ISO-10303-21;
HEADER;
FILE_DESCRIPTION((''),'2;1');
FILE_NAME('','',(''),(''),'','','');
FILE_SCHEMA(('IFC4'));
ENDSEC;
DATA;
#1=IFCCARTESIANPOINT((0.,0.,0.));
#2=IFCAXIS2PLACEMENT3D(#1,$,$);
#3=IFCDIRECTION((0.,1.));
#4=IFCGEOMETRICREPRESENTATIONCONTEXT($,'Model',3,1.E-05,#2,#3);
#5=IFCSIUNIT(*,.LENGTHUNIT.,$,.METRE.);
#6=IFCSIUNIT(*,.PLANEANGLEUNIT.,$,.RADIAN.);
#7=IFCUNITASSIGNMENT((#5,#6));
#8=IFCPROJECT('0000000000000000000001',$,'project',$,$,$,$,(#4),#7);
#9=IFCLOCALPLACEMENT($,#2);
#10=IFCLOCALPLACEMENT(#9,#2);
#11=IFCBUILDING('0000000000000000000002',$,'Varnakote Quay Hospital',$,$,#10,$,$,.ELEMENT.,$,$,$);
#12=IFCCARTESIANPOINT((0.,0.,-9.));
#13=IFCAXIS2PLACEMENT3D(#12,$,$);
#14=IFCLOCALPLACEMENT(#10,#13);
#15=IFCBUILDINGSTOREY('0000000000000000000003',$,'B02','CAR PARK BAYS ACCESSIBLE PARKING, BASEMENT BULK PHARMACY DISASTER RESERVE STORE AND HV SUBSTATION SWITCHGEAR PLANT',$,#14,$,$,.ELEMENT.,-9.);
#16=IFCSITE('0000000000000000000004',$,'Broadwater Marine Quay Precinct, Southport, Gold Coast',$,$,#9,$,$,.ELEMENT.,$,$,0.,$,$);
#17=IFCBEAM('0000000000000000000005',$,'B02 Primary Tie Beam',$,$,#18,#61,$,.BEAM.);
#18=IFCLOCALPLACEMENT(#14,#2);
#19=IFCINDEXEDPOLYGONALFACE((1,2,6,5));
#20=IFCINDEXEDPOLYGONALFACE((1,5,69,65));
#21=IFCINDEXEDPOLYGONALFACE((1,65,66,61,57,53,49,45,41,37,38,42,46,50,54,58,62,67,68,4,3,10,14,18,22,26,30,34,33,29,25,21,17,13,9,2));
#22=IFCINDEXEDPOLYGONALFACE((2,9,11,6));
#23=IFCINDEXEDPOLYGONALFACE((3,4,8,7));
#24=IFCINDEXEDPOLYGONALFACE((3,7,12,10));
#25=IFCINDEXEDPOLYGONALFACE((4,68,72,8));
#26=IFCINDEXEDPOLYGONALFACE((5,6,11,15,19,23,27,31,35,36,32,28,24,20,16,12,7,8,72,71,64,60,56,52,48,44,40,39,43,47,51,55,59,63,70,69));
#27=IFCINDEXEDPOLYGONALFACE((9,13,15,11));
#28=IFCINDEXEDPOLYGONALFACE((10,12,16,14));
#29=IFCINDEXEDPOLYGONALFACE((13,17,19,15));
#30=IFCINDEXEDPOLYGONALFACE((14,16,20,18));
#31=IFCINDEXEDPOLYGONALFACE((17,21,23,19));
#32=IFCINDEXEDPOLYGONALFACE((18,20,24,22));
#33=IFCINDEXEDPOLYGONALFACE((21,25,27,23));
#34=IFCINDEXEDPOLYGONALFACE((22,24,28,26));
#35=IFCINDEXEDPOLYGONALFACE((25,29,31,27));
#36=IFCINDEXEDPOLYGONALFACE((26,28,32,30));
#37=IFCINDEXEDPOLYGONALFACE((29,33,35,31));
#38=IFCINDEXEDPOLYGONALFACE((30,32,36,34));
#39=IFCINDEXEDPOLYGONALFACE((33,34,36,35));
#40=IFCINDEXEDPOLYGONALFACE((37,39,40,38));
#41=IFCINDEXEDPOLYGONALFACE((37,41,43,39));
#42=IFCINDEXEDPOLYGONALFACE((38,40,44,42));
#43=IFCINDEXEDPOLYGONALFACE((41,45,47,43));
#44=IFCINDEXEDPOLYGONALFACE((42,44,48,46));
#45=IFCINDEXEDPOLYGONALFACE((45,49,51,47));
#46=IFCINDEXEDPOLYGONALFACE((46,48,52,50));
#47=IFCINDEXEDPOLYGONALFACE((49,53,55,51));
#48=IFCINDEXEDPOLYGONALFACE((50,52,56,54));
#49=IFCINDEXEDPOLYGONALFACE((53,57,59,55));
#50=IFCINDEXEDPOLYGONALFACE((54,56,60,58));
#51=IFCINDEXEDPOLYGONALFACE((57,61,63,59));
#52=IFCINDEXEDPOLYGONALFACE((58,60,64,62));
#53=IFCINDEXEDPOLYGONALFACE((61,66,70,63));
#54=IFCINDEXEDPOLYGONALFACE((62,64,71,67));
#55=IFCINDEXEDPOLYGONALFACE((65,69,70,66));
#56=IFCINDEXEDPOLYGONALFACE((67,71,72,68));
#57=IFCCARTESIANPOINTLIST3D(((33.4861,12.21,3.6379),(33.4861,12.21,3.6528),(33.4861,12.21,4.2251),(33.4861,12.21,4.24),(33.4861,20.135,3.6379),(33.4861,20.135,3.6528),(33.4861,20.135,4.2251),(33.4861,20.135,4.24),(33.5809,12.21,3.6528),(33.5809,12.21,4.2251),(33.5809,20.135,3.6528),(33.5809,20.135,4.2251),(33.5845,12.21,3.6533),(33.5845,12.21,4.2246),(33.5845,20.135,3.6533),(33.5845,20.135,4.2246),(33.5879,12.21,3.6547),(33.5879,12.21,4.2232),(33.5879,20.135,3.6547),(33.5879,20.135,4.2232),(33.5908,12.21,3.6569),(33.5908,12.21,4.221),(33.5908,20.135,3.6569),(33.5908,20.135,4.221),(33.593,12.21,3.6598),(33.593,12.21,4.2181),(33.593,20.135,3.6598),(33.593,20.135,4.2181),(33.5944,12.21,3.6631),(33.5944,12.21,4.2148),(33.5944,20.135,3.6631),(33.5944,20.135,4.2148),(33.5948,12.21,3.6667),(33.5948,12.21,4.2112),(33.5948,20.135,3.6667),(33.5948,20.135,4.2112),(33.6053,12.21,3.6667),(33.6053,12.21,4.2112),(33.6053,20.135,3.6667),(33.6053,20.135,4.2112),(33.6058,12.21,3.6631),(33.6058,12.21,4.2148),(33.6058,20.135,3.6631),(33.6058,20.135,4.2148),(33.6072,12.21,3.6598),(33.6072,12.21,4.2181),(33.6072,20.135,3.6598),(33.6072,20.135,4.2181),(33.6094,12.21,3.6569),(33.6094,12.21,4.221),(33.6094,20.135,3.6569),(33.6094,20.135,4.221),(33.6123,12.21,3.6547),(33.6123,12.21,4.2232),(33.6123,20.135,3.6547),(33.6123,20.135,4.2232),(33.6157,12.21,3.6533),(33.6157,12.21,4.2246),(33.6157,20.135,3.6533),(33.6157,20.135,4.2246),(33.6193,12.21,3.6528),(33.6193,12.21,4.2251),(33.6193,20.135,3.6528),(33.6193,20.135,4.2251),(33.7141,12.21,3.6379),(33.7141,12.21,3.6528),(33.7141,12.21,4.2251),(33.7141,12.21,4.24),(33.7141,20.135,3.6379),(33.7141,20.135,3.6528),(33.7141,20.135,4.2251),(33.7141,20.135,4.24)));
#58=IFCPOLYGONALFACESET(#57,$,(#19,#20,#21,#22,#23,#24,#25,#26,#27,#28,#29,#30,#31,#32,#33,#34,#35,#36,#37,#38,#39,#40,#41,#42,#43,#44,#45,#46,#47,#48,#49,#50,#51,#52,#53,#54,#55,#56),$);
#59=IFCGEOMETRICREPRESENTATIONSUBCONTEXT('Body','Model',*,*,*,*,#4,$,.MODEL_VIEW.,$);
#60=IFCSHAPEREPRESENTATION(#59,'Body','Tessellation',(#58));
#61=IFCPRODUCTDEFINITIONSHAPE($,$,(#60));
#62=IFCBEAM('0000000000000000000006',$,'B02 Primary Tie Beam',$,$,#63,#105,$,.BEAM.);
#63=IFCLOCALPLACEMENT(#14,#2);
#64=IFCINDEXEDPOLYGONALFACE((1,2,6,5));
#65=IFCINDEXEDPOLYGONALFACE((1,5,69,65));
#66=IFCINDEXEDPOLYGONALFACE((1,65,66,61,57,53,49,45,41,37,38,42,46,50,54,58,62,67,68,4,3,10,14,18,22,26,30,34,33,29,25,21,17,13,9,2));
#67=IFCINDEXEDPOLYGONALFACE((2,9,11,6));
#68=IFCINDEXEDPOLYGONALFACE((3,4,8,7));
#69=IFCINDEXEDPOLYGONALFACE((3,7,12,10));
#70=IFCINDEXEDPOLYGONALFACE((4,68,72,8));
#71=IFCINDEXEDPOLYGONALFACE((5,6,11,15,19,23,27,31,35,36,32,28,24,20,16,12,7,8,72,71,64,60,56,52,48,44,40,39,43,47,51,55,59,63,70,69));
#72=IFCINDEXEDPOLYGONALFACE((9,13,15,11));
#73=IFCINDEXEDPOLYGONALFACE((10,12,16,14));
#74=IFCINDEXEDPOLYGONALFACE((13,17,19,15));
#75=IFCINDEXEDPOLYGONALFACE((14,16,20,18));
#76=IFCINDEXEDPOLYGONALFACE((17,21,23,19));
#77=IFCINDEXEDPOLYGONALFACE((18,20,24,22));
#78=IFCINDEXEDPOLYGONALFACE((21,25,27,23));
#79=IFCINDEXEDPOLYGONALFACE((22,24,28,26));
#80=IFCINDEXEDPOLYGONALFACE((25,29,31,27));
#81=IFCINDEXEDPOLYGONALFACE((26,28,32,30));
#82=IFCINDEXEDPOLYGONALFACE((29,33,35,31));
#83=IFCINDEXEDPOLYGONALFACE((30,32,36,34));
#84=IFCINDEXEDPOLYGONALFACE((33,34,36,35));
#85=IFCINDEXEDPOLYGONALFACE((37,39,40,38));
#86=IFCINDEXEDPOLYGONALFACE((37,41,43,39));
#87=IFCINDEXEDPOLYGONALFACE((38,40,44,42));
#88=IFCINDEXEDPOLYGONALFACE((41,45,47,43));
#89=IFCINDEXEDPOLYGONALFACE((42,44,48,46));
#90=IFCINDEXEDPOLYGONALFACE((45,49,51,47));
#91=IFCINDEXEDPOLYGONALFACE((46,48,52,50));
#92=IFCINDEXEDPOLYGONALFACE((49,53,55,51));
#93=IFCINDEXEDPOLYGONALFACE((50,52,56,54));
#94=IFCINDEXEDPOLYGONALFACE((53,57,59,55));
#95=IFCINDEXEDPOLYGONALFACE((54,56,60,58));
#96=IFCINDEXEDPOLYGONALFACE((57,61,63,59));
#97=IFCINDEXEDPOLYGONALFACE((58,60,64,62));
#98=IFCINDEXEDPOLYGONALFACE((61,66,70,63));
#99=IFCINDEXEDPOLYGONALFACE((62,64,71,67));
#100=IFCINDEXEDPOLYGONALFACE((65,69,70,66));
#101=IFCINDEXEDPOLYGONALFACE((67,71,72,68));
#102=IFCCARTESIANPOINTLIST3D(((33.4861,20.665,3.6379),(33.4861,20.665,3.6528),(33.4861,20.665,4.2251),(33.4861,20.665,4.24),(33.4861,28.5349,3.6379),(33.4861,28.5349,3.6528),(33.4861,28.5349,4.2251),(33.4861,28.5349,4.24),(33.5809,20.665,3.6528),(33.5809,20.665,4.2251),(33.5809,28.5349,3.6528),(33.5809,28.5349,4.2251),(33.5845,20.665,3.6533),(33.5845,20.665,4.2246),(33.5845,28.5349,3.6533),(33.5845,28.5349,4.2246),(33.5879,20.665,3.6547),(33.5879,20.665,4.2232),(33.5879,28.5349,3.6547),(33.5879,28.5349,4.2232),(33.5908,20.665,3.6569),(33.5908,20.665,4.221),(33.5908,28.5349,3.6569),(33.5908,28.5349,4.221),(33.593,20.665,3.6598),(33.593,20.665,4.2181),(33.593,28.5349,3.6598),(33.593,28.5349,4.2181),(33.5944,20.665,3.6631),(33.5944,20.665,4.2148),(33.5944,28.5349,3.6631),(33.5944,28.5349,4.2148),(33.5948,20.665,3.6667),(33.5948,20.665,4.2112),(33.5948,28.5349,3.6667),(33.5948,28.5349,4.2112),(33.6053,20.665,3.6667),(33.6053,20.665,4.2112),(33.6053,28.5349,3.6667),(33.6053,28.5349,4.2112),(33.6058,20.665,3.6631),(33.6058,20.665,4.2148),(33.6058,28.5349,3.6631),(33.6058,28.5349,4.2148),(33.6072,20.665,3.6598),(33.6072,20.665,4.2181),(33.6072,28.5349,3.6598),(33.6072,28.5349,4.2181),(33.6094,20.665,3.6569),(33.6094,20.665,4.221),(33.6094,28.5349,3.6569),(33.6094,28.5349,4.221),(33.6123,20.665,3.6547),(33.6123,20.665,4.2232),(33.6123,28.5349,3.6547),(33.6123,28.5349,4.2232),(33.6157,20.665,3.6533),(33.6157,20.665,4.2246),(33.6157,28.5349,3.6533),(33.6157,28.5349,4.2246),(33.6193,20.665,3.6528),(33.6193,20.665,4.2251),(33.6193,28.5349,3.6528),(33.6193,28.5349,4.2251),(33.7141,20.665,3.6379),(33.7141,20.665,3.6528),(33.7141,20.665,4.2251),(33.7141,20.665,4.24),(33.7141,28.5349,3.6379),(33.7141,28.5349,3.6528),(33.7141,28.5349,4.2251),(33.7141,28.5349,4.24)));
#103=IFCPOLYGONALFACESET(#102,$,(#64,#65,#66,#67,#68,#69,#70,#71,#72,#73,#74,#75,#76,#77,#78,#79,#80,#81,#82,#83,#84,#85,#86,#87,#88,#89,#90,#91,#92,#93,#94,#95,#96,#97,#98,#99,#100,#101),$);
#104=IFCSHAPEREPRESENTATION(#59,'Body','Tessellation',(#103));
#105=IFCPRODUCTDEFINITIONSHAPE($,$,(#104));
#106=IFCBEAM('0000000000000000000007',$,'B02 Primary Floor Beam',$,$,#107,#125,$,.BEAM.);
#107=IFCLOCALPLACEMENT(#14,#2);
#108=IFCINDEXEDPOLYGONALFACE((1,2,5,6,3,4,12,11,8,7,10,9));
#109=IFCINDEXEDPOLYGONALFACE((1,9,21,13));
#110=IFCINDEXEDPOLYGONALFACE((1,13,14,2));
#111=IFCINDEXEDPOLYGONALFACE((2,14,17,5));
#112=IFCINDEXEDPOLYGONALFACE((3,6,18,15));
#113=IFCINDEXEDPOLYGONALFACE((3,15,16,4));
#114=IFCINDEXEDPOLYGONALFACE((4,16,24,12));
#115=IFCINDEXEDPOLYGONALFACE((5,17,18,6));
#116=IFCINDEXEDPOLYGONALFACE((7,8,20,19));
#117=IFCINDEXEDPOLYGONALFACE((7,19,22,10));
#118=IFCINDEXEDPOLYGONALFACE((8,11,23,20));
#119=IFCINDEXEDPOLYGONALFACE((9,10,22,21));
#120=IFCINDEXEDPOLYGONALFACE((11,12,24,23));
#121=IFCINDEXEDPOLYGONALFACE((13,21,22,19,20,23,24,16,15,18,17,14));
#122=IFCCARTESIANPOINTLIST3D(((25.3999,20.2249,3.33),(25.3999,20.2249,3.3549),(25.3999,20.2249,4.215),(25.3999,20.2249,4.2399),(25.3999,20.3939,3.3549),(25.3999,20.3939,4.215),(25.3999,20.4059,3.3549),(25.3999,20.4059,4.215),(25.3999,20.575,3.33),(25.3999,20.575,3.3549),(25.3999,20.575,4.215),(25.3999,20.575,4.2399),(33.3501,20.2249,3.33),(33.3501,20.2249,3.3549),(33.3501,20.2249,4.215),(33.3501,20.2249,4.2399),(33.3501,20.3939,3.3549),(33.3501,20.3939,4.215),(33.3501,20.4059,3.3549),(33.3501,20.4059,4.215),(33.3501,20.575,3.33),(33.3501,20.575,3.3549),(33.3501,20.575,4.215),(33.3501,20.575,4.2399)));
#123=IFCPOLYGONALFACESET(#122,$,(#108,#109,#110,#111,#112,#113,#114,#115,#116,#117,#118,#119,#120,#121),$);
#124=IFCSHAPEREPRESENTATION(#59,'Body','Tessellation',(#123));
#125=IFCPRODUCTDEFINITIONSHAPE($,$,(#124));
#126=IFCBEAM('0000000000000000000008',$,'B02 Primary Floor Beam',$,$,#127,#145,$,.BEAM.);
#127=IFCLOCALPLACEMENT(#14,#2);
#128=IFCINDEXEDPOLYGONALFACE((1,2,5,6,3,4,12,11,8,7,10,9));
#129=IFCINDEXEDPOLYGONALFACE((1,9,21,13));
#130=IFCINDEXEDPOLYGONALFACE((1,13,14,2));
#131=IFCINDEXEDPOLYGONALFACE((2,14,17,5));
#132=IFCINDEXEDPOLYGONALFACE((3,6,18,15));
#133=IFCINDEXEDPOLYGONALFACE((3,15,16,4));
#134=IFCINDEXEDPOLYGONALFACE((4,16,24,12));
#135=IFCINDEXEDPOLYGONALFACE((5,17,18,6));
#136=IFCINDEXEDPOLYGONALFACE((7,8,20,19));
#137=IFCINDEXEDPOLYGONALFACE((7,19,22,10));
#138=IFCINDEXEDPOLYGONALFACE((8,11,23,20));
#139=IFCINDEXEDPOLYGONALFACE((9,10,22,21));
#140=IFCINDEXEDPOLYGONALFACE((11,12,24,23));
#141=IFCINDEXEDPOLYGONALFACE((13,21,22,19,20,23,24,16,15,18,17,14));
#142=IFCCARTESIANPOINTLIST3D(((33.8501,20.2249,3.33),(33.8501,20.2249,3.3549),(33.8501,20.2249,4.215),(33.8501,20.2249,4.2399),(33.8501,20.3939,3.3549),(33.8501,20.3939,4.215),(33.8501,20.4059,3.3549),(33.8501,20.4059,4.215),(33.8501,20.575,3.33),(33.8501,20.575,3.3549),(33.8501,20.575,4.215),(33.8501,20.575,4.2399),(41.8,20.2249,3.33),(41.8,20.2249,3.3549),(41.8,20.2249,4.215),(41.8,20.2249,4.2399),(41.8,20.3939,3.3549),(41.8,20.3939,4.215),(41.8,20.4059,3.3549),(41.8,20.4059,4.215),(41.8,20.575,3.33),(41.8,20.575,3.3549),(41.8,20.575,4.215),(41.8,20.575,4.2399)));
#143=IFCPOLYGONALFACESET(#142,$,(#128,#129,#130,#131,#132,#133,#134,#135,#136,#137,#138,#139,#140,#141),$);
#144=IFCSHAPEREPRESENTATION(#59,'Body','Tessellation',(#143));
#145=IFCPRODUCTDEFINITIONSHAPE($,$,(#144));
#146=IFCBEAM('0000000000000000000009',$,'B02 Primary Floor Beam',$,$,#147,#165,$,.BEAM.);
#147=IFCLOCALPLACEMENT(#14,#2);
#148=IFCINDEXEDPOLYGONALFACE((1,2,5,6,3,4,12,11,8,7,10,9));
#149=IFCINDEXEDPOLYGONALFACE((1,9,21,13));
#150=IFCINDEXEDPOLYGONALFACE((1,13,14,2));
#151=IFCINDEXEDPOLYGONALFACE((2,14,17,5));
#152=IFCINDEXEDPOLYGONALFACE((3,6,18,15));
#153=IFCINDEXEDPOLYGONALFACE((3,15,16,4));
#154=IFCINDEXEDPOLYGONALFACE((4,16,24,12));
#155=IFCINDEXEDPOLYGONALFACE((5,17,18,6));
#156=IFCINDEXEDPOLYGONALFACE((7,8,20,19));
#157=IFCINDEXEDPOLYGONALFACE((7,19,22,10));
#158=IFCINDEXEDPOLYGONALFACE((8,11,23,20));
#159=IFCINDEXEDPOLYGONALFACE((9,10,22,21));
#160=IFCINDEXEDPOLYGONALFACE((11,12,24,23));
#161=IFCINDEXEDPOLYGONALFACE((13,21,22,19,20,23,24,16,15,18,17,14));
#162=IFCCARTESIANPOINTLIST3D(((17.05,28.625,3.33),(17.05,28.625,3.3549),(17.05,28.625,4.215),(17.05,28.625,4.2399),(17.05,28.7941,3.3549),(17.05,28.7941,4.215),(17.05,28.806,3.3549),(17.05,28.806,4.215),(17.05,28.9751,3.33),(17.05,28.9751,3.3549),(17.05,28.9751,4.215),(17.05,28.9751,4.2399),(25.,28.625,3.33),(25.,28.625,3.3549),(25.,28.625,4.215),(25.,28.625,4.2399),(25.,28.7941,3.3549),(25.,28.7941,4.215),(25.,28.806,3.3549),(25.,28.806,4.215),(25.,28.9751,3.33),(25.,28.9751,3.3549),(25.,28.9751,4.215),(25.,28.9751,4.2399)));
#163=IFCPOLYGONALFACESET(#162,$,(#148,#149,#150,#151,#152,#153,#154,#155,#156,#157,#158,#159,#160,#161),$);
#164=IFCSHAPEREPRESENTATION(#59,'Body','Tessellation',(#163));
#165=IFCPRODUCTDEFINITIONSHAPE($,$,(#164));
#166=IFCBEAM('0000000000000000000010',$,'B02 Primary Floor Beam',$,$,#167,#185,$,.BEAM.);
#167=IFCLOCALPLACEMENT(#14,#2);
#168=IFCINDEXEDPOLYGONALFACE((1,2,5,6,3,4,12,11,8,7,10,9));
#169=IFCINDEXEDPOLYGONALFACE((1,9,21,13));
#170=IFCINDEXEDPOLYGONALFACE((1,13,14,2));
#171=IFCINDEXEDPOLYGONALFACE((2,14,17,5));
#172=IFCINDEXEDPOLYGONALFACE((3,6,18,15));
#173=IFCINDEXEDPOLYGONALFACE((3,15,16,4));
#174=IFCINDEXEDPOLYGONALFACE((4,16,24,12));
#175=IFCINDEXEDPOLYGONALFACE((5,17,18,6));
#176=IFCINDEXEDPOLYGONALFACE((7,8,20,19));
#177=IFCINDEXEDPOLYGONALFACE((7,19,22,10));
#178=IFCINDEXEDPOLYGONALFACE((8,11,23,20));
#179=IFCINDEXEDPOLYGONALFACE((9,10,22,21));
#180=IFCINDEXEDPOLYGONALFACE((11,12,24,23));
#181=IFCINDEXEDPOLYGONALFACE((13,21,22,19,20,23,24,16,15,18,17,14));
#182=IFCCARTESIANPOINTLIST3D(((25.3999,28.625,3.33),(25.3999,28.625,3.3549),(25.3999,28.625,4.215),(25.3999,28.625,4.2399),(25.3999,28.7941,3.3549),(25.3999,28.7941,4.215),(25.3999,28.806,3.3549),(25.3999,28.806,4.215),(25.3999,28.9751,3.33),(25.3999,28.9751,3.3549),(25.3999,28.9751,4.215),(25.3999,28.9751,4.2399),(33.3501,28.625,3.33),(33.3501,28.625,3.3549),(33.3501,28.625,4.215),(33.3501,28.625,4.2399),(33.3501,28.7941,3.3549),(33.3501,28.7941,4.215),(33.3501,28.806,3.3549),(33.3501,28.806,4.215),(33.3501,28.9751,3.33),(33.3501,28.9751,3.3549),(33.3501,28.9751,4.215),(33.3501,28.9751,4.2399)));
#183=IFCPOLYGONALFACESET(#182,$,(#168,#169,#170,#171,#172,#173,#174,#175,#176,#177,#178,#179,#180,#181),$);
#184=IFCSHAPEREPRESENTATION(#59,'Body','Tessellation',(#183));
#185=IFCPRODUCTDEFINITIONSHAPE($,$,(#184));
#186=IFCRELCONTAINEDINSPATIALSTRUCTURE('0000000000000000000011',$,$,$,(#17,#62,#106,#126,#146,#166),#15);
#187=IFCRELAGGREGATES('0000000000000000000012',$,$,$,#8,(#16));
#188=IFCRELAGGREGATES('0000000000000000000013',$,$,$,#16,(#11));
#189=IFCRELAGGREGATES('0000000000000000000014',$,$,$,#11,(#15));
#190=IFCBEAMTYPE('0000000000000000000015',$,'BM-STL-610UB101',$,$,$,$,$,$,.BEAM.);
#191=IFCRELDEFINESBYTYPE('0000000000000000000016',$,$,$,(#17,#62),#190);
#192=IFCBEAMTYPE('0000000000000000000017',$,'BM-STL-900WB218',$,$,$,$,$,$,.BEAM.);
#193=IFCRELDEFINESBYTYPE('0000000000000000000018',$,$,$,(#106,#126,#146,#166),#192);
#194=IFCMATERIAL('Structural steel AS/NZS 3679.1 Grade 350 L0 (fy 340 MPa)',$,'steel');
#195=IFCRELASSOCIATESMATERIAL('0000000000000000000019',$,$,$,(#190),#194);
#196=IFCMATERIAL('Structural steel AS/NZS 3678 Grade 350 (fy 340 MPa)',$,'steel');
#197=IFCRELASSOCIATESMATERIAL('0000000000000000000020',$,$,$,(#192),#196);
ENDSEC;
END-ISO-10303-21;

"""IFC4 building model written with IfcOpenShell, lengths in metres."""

from ifc_helpers import new_model, si_unit, direction, frame, origin, origin_2d, place, context, subcontext, project, spatial, i_section, extrude, material, material_profile, profile_set, type_object, element, save


model = new_model("IFC4")

# Units and contexts
model_context = context("Model", 3, precision=1e-05, world=origin(), true_north=direction((0.0, 1.0)))
body_context = subcontext(model_context, "Body", "Model", "MODEL_VIEW")
ifc_project = project(units=[si_unit("LENGTHUNIT", "METRE"), si_unit("PLANEANGLEUNIT", "RADIAN")], contexts=[model_context])

# Site, building, storey
site_placement = place(None, origin())
site = spatial("IfcSite", under=ifc_project, at=site_placement, Name="Broadwater Marine Quay Precinct, Southport, Gold Coast", CompositionType="ELEMENT", RefElevation=0.0)
building_placement = place(site_placement, origin())
building = spatial("IfcBuilding", under=site, at=building_placement, Name="Varnakote Quay Hospital", CompositionType="ELEMENT")
storey_placement = place(building_placement, frame((0.0, 0.0, -9.0)))
storey = spatial("IfcBuildingStorey", under=building, at=storey_placement, Name="B02", Description="CAR PARK BAYS ACCESSIBLE PARKING, BASEMENT BULK PHARMACY DISASTER RESERVE STORE AND HV SUBSTATION SWITCHGEAR PLANT", CompositionType="ELEMENT", Elevation=-9.0)

# Beams
ifc_material_1 = material(Name="Structural steel AS/NZS 3679.1 Grade 350 L0 (fy 340 MPa)", Category="steel")
ifc_material_profile_1 = material_profile(ifc_material_1, i_section(OverallWidth=0.228, OverallDepth=0.6021, WebThickness=0.0105, FlangeThickness=0.0149, FilletRadius=0.0139, at=origin_2d()), Name="610UB101")
ifc_profile_set_1 = profile_set([ifc_material_profile_1], Name="Structural steel AS/NZS 3679.1 Grade 350 L0 (fy 340 MPa)")
beam_type_1 = type_object("IfcBeamType", Name="BM-STL-610UB101", PredefinedType="BEAM", material=ifc_profile_set_1)
beam_1_placement = place(storey_placement, frame((33.6001, 12.21, 3.939), z_axis=(0.0, 1.0, 0.0), x_axis=(-1.0, 0.0, 0.0)))
element("IfcBeam", 1, at=beam_1_placement, inside=storey, type_object=beam_type_1, Name="B02 Primary Tie Beam", PredefinedType="BEAM", context=body_context, shape_type="SweptSolid", body=[
    extrude(i_section(OverallWidth=0.228, OverallDepth=0.6021, WebThickness=0.0105, FlangeThickness=0.0149, FilletRadius=0.0139, at=origin_2d()), origin(), (0.0, 0.0, 1.0), 7.925),
])
beam_2_placement = place(storey_placement, frame((33.6001, 20.665, 3.939), z_axis=(0.0, 1.0, 0.0), x_axis=(-1.0, 0.0, 0.0)))
element("IfcBeam", 2, at=beam_2_placement, inside=storey, type_object=beam_type_1, Name="B02 Primary Tie Beam", PredefinedType="BEAM", context=body_context, shape_type="SweptSolid", body=[
    extrude(i_section(OverallWidth=0.228, OverallDepth=0.6021, WebThickness=0.0105, FlangeThickness=0.0149, FilletRadius=0.0139, at=origin_2d()), origin(), (0.0, 0.0, 1.0), 7.8699),
])
ifc_material_2 = material(Name="Structural steel AS/NZS 3678 Grade 350 (fy 340 MPa)", Category="steel")
ifc_material_profile_2 = material_profile(ifc_material_2, i_section(OverallWidth=0.3501, OverallDepth=0.9099, WebThickness=0.012, FlangeThickness=0.0249, at=origin_2d()), Name="900WB218")
ifc_profile_set_2 = profile_set([ifc_material_profile_2], Name="Structural steel AS/NZS 3678 Grade 350 (fy 340 MPa)")
beam_type_2 = type_object("IfcBeamType", Name="BM-STL-900WB218", PredefinedType="BEAM", material=ifc_profile_set_2)
beam_3_placement = place(storey_placement, frame((25.3999, 20.3999, 3.7849), z_axis=(1.0, 0.0, 0.0), x_axis=(0.0, 1.0, 0.0)))
element("IfcBeam", 3, at=beam_3_placement, inside=storey, type_object=beam_type_2, Name="B02 Primary Floor Beam", PredefinedType="BEAM", context=body_context, shape_type="SweptSolid", body=[
    extrude(i_section(OverallWidth=0.3501, OverallDepth=0.9099, WebThickness=0.012, FlangeThickness=0.0249, at=origin_2d()), origin(), (0.0, 0.0, 1.0), 7.9502),
])
for number, where, z_axis, x_axis, name in (
    (4, (33.8501, 20.3999, 3.7849), (1.0, 0.0, 0.0), (0.0, 1.0, 0.0), "B02 Primary Floor Beam"),
    (5, (17.05, 28.8, 3.7849), (1.0, 0.0, 0.0), (0.0, 1.0, 0.0), "B02 Primary Floor Beam"),
):
    element("IfcBeam", number, at=place(storey_placement, frame(where, z_axis=z_axis, x_axis=x_axis)), inside=storey, type_object=beam_type_2, Name=name, PredefinedType="BEAM", context=body_context, shape_type="SweptSolid", body=[
        extrude(i_section(OverallWidth=0.3501, OverallDepth=0.9099, WebThickness=0.012, FlangeThickness=0.0249, at=origin_2d()), origin(), (0.0, 0.0, 1.0), 7.95),
    ])
beam_4_placement = place(storey_placement, frame((25.3999, 28.8, 3.7849), z_axis=(1.0, 0.0, 0.0), x_axis=(0.0, 1.0, 0.0)))
element("IfcBeam", 6, at=beam_4_placement, inside=storey, type_object=beam_type_2, Name="B02 Primary Floor Beam", PredefinedType="BEAM", context=body_context, shape_type="SweptSolid", body=[
    extrude(i_section(OverallWidth=0.3501, OverallDepth=0.9099, WebThickness=0.012, FlangeThickness=0.0249, at=origin_2d()), origin(), (0.0, 0.0, 1.0), 7.9502),
])

save(model, "model.ifc")
